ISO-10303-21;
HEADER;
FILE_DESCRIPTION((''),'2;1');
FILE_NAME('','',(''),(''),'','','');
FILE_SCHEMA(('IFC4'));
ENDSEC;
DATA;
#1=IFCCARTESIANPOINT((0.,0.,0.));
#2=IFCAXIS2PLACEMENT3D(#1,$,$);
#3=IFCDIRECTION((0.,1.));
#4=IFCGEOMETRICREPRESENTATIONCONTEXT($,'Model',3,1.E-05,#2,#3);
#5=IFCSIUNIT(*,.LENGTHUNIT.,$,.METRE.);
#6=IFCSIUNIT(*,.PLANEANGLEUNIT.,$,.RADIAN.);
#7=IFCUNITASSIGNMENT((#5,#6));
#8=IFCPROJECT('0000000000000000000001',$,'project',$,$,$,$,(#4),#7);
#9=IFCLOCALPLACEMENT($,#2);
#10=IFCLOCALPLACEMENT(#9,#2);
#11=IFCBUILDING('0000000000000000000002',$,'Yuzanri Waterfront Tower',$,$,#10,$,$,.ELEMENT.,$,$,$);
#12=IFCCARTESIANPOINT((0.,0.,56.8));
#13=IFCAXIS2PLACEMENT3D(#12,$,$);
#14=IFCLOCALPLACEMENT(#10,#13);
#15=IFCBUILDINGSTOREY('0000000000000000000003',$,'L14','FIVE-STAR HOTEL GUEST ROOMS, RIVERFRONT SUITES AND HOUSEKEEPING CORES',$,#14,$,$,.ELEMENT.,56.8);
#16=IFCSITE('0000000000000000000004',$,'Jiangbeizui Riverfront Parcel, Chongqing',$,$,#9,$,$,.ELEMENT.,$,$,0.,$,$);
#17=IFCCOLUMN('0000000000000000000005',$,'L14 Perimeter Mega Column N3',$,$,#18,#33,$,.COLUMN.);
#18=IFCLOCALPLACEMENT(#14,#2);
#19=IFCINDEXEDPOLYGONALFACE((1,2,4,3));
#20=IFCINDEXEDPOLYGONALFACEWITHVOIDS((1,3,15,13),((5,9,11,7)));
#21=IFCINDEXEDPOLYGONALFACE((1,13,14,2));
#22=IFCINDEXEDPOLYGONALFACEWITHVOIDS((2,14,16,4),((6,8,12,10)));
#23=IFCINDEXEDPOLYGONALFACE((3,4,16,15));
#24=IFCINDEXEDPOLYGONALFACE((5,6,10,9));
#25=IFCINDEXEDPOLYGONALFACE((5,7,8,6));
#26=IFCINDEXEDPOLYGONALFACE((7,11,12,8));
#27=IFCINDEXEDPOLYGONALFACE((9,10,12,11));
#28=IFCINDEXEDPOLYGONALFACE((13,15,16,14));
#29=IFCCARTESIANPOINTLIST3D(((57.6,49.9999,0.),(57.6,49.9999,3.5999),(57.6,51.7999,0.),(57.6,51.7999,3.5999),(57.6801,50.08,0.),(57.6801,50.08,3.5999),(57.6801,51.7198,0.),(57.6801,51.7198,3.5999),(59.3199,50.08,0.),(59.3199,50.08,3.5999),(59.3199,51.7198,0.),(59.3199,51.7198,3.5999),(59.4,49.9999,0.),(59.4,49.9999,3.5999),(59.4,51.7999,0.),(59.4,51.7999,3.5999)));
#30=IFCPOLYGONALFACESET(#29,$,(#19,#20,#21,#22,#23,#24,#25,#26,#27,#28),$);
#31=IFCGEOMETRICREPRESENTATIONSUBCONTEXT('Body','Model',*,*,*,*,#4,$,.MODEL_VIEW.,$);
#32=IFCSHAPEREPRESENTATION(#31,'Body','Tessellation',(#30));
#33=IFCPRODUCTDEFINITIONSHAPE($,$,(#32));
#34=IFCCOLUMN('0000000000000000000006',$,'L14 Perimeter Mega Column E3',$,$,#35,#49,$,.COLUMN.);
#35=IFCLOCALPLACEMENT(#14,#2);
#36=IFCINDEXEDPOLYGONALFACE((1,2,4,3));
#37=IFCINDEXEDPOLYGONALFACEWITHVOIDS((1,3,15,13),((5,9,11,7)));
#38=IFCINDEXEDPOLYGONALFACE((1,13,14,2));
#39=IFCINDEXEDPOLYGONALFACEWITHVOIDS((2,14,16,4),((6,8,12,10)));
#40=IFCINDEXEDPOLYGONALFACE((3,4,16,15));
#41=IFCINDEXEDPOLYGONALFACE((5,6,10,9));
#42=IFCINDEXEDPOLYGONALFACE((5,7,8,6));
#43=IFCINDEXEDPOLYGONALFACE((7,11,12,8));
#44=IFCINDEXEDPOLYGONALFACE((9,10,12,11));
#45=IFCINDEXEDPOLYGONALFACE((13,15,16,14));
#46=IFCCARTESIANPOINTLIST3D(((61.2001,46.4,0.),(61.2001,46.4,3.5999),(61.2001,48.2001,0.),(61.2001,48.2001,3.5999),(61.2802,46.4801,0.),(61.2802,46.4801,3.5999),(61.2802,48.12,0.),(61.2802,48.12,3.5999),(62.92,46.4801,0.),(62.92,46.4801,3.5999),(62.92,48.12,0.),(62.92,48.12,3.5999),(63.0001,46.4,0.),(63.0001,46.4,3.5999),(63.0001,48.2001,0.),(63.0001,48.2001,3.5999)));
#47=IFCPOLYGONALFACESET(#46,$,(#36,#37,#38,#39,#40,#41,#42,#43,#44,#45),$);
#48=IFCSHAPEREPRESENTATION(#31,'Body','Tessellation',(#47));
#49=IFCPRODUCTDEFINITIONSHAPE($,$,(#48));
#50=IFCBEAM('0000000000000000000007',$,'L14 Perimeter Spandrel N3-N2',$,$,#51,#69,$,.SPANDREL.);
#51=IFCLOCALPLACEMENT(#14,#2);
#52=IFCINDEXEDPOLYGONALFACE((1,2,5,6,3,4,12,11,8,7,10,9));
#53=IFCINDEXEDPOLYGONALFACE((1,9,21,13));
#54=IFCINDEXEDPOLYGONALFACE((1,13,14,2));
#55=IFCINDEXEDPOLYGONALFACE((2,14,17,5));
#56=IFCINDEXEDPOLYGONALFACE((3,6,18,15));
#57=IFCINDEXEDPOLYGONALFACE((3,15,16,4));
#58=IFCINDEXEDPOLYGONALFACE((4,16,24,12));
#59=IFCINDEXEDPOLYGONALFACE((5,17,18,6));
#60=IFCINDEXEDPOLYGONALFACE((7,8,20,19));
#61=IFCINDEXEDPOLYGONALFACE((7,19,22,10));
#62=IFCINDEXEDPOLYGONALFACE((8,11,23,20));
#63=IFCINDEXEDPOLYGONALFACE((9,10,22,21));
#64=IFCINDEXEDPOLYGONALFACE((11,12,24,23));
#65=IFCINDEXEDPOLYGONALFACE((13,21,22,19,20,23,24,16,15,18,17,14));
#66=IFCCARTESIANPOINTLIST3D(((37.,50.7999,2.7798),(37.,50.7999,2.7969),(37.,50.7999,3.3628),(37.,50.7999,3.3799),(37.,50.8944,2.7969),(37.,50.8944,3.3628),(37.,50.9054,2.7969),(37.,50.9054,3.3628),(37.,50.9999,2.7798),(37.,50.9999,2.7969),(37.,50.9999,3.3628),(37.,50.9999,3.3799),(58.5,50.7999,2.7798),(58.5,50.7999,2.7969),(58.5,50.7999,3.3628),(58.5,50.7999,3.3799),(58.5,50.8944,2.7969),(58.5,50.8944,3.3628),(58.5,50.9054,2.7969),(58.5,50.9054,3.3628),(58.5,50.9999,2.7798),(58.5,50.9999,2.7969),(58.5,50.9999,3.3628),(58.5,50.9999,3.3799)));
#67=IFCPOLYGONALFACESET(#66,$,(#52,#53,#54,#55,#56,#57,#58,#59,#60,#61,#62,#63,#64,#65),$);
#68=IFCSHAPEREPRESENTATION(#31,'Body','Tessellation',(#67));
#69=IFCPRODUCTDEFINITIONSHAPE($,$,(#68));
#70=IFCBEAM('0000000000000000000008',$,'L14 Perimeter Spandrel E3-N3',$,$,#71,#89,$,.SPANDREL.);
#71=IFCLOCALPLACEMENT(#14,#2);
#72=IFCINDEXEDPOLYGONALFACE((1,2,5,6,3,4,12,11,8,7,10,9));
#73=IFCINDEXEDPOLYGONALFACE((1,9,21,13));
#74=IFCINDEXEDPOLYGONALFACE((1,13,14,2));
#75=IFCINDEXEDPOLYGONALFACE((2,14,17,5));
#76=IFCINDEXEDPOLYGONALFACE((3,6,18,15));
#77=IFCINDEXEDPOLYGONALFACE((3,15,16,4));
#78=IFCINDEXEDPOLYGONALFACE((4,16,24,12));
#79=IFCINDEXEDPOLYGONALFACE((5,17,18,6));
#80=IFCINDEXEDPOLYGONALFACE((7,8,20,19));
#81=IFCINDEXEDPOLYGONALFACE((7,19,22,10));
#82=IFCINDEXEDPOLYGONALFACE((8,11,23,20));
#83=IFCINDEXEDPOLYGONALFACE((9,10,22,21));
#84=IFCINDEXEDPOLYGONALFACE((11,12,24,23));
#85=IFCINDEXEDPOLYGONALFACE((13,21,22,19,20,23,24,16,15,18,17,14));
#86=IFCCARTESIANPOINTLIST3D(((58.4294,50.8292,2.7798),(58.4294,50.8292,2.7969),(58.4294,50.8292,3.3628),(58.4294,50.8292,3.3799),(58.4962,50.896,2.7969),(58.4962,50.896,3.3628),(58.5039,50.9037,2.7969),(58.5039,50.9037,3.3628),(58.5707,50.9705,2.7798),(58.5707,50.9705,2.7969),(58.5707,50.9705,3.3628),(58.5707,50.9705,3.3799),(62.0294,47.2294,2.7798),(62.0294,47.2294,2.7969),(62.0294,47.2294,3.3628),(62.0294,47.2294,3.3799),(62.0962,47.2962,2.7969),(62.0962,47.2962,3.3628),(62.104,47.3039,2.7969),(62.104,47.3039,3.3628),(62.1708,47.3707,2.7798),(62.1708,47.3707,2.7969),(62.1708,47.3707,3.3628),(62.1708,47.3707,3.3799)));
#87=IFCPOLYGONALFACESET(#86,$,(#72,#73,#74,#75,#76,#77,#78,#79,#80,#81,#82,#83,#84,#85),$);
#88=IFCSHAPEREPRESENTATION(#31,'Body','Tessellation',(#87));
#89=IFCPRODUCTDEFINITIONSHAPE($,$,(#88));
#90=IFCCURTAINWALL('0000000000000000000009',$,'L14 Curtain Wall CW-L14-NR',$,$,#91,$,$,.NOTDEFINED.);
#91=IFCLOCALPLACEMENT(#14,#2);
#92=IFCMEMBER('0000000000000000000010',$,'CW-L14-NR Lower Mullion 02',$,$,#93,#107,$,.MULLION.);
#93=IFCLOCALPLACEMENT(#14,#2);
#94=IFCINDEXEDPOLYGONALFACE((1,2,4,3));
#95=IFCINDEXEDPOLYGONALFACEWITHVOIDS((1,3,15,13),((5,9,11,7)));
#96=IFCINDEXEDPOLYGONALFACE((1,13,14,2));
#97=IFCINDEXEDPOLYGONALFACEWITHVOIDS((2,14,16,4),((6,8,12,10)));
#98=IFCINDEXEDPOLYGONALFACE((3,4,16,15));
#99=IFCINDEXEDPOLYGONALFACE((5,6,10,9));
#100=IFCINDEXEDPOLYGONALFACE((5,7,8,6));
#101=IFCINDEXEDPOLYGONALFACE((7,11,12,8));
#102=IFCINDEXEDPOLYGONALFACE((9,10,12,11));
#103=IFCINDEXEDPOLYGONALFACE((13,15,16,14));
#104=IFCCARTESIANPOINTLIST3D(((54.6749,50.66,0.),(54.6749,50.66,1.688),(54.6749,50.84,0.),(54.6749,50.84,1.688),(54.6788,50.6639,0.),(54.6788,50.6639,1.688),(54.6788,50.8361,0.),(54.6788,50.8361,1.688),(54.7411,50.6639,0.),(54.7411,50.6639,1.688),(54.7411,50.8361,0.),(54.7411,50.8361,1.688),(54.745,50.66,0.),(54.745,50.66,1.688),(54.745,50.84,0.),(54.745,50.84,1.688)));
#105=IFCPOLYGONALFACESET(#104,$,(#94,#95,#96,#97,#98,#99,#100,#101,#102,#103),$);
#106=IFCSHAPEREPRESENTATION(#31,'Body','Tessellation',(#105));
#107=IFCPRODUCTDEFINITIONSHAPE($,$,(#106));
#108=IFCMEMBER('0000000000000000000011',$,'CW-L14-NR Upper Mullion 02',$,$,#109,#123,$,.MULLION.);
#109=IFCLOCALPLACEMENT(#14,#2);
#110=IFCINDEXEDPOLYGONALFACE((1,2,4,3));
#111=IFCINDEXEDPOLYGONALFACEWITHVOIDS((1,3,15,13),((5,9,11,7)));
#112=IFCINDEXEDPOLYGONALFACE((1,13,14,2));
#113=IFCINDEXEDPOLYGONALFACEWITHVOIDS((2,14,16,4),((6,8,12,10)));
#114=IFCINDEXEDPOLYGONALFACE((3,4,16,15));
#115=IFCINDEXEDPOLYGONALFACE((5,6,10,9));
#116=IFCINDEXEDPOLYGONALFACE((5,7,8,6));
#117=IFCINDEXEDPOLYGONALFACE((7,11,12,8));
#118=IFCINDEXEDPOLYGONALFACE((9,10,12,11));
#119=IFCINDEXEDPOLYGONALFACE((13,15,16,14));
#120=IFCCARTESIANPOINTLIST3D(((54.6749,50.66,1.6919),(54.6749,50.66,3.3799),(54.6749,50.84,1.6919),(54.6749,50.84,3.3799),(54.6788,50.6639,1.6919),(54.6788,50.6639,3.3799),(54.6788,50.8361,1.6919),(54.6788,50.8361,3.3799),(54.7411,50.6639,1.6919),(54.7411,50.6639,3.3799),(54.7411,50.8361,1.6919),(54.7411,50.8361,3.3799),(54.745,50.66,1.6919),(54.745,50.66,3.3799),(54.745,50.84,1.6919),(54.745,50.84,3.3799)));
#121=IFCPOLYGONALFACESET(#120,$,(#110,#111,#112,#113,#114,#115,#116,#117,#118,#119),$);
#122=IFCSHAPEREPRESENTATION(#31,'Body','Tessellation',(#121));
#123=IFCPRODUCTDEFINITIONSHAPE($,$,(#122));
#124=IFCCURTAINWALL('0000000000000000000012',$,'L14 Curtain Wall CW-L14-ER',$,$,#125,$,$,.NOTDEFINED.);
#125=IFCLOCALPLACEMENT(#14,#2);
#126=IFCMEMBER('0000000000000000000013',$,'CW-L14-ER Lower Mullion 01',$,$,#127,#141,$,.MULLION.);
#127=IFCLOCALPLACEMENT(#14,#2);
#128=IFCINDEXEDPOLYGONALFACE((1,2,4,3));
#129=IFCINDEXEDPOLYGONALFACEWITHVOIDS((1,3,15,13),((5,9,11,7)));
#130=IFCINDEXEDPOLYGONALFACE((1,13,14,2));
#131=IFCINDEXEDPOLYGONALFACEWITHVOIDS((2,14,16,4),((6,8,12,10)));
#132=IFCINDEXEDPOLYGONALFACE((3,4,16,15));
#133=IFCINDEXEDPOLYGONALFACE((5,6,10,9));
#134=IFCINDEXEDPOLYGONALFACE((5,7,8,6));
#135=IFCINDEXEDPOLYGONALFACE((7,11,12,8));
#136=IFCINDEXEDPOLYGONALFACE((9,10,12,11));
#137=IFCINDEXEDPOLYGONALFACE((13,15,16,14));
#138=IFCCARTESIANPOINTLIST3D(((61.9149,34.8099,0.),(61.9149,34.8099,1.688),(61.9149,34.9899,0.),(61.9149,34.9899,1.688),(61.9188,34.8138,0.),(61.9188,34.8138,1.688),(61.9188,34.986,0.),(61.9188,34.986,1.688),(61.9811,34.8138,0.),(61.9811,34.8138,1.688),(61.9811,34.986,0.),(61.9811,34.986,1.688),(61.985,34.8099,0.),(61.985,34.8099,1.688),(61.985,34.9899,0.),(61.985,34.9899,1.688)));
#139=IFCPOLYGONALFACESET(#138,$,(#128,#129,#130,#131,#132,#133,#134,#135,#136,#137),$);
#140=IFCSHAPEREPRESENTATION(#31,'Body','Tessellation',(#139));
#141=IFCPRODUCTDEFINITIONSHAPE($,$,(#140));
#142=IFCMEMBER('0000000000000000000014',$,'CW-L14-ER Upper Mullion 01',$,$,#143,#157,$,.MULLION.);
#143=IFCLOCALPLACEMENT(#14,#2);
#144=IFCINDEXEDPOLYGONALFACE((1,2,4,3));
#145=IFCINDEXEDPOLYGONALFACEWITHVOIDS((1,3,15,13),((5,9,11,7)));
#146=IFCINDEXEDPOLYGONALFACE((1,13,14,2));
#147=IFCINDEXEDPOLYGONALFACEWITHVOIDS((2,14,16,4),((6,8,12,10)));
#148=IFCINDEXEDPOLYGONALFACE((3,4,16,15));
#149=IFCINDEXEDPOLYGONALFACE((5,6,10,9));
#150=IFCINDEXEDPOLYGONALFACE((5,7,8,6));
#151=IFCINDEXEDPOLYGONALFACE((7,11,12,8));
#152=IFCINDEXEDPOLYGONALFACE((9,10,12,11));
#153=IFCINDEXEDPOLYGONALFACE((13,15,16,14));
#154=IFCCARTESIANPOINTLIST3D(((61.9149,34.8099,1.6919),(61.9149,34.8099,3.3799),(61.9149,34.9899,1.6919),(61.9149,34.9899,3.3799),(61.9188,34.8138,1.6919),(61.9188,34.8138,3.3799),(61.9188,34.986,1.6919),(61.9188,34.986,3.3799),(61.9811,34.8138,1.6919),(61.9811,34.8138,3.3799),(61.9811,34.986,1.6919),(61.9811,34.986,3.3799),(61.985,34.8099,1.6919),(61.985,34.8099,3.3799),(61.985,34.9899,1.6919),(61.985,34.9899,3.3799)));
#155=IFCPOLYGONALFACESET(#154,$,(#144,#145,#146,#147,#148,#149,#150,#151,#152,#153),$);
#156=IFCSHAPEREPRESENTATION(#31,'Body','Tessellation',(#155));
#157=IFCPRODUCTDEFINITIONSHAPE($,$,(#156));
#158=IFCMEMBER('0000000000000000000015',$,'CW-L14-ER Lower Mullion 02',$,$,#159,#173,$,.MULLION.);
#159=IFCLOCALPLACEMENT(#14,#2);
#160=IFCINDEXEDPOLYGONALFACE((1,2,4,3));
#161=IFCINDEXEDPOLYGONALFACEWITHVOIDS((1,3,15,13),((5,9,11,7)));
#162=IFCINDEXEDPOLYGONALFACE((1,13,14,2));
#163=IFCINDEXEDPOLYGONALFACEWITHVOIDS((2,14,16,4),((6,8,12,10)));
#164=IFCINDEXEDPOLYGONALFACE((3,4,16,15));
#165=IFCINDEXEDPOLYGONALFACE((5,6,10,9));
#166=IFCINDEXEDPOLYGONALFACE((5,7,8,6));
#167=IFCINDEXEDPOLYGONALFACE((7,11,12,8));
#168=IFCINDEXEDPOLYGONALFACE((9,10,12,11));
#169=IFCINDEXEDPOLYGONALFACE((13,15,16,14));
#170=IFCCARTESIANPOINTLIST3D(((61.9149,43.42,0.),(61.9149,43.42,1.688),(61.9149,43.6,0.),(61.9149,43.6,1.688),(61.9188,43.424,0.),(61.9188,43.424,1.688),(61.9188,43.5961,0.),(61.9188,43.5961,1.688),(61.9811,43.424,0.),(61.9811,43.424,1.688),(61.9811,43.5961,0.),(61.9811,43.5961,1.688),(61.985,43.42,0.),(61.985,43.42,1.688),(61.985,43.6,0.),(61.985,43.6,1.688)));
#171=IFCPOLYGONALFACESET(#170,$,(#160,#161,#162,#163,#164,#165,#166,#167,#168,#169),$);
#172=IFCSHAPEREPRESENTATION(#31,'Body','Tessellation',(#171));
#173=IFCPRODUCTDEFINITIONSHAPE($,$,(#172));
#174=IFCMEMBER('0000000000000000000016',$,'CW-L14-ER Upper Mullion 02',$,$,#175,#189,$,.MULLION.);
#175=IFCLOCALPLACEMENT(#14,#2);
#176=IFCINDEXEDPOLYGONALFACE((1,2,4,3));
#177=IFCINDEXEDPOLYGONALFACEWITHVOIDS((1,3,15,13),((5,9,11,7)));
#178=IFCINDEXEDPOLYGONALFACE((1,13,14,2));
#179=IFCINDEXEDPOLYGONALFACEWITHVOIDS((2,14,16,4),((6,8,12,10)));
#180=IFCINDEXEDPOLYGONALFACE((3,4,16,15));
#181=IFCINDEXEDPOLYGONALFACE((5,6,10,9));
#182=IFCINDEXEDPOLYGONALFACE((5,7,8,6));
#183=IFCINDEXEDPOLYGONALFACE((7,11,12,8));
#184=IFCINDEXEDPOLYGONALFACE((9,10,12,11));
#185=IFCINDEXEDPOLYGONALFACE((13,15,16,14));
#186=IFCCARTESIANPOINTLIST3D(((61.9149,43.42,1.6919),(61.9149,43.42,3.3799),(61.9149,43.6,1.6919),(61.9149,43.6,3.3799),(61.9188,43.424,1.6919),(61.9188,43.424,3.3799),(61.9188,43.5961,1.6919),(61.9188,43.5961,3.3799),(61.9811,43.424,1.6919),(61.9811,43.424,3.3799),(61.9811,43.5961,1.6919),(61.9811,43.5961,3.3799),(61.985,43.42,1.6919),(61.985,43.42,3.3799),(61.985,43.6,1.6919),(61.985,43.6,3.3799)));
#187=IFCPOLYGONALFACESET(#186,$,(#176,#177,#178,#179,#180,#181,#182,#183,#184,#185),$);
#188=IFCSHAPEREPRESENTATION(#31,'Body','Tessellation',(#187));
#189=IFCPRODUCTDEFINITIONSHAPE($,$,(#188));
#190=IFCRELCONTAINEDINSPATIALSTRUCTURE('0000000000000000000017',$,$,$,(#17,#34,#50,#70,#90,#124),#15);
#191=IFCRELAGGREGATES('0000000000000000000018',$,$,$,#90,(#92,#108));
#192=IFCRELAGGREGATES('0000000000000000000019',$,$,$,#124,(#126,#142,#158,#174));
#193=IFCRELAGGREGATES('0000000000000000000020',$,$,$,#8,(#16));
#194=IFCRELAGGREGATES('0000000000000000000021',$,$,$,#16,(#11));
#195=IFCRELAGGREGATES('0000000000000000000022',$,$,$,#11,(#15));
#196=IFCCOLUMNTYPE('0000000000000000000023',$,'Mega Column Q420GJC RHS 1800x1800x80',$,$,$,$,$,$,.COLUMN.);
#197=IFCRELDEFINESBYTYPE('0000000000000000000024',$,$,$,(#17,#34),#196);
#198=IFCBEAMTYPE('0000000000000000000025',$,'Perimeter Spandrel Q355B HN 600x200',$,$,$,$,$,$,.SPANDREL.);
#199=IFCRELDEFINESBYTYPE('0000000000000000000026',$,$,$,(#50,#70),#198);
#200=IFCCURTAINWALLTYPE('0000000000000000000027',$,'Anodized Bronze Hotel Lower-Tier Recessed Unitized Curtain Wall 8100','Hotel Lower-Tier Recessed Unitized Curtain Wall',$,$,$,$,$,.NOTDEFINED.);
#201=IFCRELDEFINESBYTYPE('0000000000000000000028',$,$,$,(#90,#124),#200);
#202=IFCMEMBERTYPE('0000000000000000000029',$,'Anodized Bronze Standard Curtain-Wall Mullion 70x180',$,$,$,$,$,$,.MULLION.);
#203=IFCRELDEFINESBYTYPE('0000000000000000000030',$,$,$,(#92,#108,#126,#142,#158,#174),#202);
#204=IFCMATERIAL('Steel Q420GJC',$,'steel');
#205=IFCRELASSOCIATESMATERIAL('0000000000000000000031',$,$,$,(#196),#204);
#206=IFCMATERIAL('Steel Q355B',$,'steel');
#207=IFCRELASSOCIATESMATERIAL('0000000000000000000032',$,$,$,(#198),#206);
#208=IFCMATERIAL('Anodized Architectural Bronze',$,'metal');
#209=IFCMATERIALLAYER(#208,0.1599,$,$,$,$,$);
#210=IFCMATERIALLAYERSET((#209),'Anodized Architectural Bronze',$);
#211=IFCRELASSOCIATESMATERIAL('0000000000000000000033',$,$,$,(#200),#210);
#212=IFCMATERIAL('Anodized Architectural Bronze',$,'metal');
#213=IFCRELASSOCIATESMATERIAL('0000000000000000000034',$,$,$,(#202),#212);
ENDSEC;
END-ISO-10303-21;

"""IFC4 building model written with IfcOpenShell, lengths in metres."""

from ifc_helpers import new_model, si_unit, direction, frame, origin, origin_2d, place, context, subcontext, project, spatial, hollow_rectangle, i_section, extrude, source, transform, mapped, material, layer, layer_set, material_profile, profile_set, type_object, element, aggregate, save


model = new_model("IFC4")

# Units and contexts
model_context = context("Model", 3, precision=1e-05, world=origin(), true_north=direction((0.0, 1.0)))
body_context = subcontext(model_context, "Body", "Model", "MODEL_VIEW")
ifc_project = project(units=[si_unit("LENGTHUNIT", "METRE"), si_unit("PLANEANGLEUNIT", "RADIAN")], contexts=[model_context])

# Site, building, storey
site_placement = place(None, origin())
site = spatial("IfcSite", under=ifc_project, at=site_placement, Name="Jiangbeizui Riverfront Parcel, Chongqing", CompositionType="ELEMENT", RefElevation=0.0)
building_placement = place(site_placement, origin())
building = spatial("IfcBuilding", under=site, at=building_placement, Name="Yuzanri Waterfront Tower", CompositionType="ELEMENT")
storey_placement = place(building_placement, frame((0.0, 0.0, 56.8)))
storey = spatial("IfcBuildingStorey", under=building, at=storey_placement, Name="L14", Description="FIVE-STAR HOTEL GUEST ROOMS, RIVERFRONT SUITES AND HOUSEKEEPING CORES", CompositionType="ELEMENT", Elevation=56.8)

# Columns
ifc_material_1 = material(Name="Steel Q420GJC", Category="steel")
ifc_material_profile_1 = material_profile(ifc_material_1, hollow_rectangle(XDim=1.8, YDim=1.8, WallThickness=0.0801, at=origin_2d()), Name="RHS 1800x1800x80")
ifc_profile_set_1 = profile_set([ifc_material_profile_1], Name="Steel Q420GJC")
column_type = type_object("IfcColumnType", Name="Mega Column Q420GJC RHS 1800x1800x80", PredefinedType="COLUMN", material=ifc_profile_set_1)
shared_shape_1 = source(origin(), body_context, "Body", "SweptSolid", [
    extrude(hollow_rectangle(XDim=1.8, YDim=1.8, WallThickness=0.0801, at=origin_2d()), origin(), (0.0, 0.0, 1.0), 3.5999),
])
for number, where, z_axis, x_axis, name in (
    (1, (58.5, 50.8999, 0.0), (0.0, 0.0, 1.0), (1.0, 0.0, 0.0), "L14 Perimeter Mega Column N3"),
    (2, (62.1001, 47.3, 0.0), (0.0, 0.0, 1.0), (1.0, 0.0, 0.0), "L14 Perimeter Mega Column E3"),
):
    element("IfcColumn", number, at=place(storey_placement, frame(where, z_axis=z_axis, x_axis=x_axis)), inside=storey, type_object=column_type, Name=name, PredefinedType="COLUMN", context=body_context, shape_type="MappedRepresentation", body=[
        mapped(shared_shape_1, transform((0.0, 0.0, 0.0), scale=1.0)),
    ])

# Beams
ifc_material_2 = material(Name="Steel Q355B", Category="steel")
ifc_material_profile_2 = material_profile(ifc_material_2, i_section(OverallWidth=0.2, OverallDepth=0.6001, WebThickness=0.011, FlangeThickness=0.0171, at=origin_2d()), Name="HN 600x200x11x17")
ifc_profile_set_2 = profile_set([ifc_material_profile_2], Name="Steel Q355B")
beam_type = type_object("IfcBeamType", Name="Perimeter Spandrel Q355B HN 600x200", PredefinedType="SPANDREL", material=ifc_profile_set_2)
shared_shape_2 = source(origin(), body_context, "Body", "SweptSolid", [
    extrude(i_section(OverallWidth=0.2, OverallDepth=0.6001, WebThickness=0.011, FlangeThickness=0.0171, at=origin_2d()), origin(), (0.0, 0.0, 1.0), 21.5),
])
beam_1_placement = place(storey_placement, frame((58.5, 50.8999, 3.0798), z_axis=(-1.0, 0.0, 0.0), x_axis=(0.0, -1.0, 0.0)))
element("IfcBeam", 3, at=beam_1_placement, inside=storey, type_object=beam_type, Name="L14 Perimeter Spandrel N3-N2", PredefinedType="SPANDREL", context=body_context, shape_type="MappedRepresentation", body=[
    mapped(shared_shape_2, transform((0.0, 0.0, 0.0), scale=1.0)),
])
shared_shape_3 = source(origin(), body_context, "Body", "SweptSolid", [
    extrude(i_section(OverallWidth=0.2, OverallDepth=0.6001, WebThickness=0.011, FlangeThickness=0.0171, at=origin_2d()), origin(), (0.0, 0.0, 1.0), 5.0911),
])
beam_2_placement = place(storey_placement, frame((62.1001, 47.3, 3.0798), z_axis=(-0.707131, 0.707083, 0.0), x_axis=(-0.707083, -0.707131, 0.0)))
element("IfcBeam", 4, at=beam_2_placement, inside=storey, type_object=beam_type, Name="L14 Perimeter Spandrel E3-N3", PredefinedType="SPANDREL", context=body_context, shape_type="MappedRepresentation", body=[
    mapped(shared_shape_3, transform((0.0, 0.0, 0.0), scale=1.0)),
])

# Curtain walls, members
ifc_material_3 = material(Name="Anodized Architectural Bronze", Category="metal")
ifc_layer_1 = layer(ifc_material_3, 0.1599)
ifc_layer_set_1 = layer_set([ifc_layer_1], Name="Anodized Architectural Bronze")
curtain_wall_type = type_object("IfcCurtainWallType", Name="Anodized Bronze Hotel Lower-Tier Recessed Unitized Curtain Wall 8100", Description="Hotel Lower-Tier Recessed Unitized Curtain Wall", PredefinedType="NOTDEFINED", material=ifc_layer_set_1)
curtain_wall_1_placement = place(storey_placement, origin())
curtain_wall_1 = element("IfcCurtainWall", 5, at=curtain_wall_1_placement, inside=storey, type_object=curtain_wall_type, Name="L14 Curtain Wall CW-L14-NR", PredefinedType="NOTDEFINED")
ifc_material_4 = material(Name="Anodized Architectural Bronze", Category="metal")
ifc_material_profile_3 = material_profile(ifc_material_4, hollow_rectangle(XDim=0.0701, YDim=0.1799, WallThickness=0.0039, at=origin_2d()), Name="CWM 70x180")
ifc_profile_set_3 = profile_set([ifc_material_profile_3], Name="Anodized Architectural Bronze")
member_type = type_object("IfcMemberType", Name="Anodized Bronze Standard Curtain-Wall Mullion 70x180", PredefinedType="MULLION", material=ifc_profile_set_3)
shared_shape_4 = source(origin(), body_context, "Body", "SweptSolid", [
    extrude(hollow_rectangle(XDim=0.0701, YDim=0.1799, WallThickness=0.0039, at=origin_2d()), origin(), (0.0, 0.0, 1.0), 1.688),
])
member_1_placement = place(storey_placement, frame((54.71, 50.75, 0.0), z_axis=(0.0, 0.0, 1.0), x_axis=(1.0, 0.0, 0.0)))
member_1 = element("IfcMember", 6, at=member_1_placement, type_object=member_type, Name="CW-L14-NR Lower Mullion 02", PredefinedType="MULLION", context=body_context, shape_type="MappedRepresentation", body=[
    mapped(shared_shape_4, transform((0.0, 0.0, 0.0), scale=1.0)),
])
member_2_placement = place(storey_placement, frame((54.71, 50.75, 1.6919), z_axis=(0.0, 0.0, 1.0), x_axis=(1.0, 0.0, 0.0)))
member_2 = element("IfcMember", 7, at=member_2_placement, type_object=member_type, Name="CW-L14-NR Upper Mullion 02", PredefinedType="MULLION", context=body_context, shape_type="MappedRepresentation", body=[
    mapped(shared_shape_4, transform((0.0, 0.0, 0.0), scale=1.0)),
])
curtain_wall_2_placement = place(storey_placement, origin())
curtain_wall_2 = element("IfcCurtainWall", 8, at=curtain_wall_2_placement, inside=storey, type_object=curtain_wall_type, Name="L14 Curtain Wall CW-L14-ER", PredefinedType="NOTDEFINED")
member_3_placement = place(storey_placement, frame((61.95, 34.8999, 0.0), z_axis=(0.0, 0.0, 1.0), x_axis=(1.0, 0.0, 0.0)))
member_3 = element("IfcMember", 9, at=member_3_placement, type_object=member_type, Name="CW-L14-ER Lower Mullion 01", PredefinedType="MULLION", context=body_context, shape_type="MappedRepresentation", body=[
    mapped(shared_shape_4, transform((0.0, 0.0, 0.0), scale=1.0)),
])
member_4_placement = place(storey_placement, frame((61.95, 34.8999, 1.6919), z_axis=(0.0, 0.0, 1.0), x_axis=(1.0, 0.0, 0.0)))
member_4 = element("IfcMember", 10, at=member_4_placement, type_object=member_type, Name="CW-L14-ER Upper Mullion 01", PredefinedType="MULLION", context=body_context, shape_type="MappedRepresentation", body=[
    mapped(shared_shape_4, transform((0.0, 0.0, 0.0), scale=1.0)),
])
member_5_placement = place(storey_placement, frame((61.95, 43.51, 0.0), z_axis=(0.0, 0.0, 1.0), x_axis=(1.0, 0.0, 0.0)))
member_5 = element("IfcMember", 11, at=member_5_placement, type_object=member_type, Name="CW-L14-ER Lower Mullion 02", PredefinedType="MULLION", context=body_context, shape_type="MappedRepresentation", body=[
    mapped(shared_shape_4, transform((0.0, 0.0, 0.0), scale=1.0)),
])
member_6_placement = place(storey_placement, frame((61.95, 43.51, 1.6919), z_axis=(0.0, 0.0, 1.0), x_axis=(1.0, 0.0, 0.0)))
member_6 = element("IfcMember", 12, at=member_6_placement, type_object=member_type, Name="CW-L14-ER Upper Mullion 02", PredefinedType="MULLION", context=body_context, shape_type="MappedRepresentation", body=[
    mapped(shared_shape_4, transform((0.0, 0.0, 0.0), scale=1.0)),
])

aggregate(curtain_wall_1, [member_1, member_2])
aggregate(curtain_wall_2, [member_3, member_4, member_5, member_6])

save(model, "model.ifc")
